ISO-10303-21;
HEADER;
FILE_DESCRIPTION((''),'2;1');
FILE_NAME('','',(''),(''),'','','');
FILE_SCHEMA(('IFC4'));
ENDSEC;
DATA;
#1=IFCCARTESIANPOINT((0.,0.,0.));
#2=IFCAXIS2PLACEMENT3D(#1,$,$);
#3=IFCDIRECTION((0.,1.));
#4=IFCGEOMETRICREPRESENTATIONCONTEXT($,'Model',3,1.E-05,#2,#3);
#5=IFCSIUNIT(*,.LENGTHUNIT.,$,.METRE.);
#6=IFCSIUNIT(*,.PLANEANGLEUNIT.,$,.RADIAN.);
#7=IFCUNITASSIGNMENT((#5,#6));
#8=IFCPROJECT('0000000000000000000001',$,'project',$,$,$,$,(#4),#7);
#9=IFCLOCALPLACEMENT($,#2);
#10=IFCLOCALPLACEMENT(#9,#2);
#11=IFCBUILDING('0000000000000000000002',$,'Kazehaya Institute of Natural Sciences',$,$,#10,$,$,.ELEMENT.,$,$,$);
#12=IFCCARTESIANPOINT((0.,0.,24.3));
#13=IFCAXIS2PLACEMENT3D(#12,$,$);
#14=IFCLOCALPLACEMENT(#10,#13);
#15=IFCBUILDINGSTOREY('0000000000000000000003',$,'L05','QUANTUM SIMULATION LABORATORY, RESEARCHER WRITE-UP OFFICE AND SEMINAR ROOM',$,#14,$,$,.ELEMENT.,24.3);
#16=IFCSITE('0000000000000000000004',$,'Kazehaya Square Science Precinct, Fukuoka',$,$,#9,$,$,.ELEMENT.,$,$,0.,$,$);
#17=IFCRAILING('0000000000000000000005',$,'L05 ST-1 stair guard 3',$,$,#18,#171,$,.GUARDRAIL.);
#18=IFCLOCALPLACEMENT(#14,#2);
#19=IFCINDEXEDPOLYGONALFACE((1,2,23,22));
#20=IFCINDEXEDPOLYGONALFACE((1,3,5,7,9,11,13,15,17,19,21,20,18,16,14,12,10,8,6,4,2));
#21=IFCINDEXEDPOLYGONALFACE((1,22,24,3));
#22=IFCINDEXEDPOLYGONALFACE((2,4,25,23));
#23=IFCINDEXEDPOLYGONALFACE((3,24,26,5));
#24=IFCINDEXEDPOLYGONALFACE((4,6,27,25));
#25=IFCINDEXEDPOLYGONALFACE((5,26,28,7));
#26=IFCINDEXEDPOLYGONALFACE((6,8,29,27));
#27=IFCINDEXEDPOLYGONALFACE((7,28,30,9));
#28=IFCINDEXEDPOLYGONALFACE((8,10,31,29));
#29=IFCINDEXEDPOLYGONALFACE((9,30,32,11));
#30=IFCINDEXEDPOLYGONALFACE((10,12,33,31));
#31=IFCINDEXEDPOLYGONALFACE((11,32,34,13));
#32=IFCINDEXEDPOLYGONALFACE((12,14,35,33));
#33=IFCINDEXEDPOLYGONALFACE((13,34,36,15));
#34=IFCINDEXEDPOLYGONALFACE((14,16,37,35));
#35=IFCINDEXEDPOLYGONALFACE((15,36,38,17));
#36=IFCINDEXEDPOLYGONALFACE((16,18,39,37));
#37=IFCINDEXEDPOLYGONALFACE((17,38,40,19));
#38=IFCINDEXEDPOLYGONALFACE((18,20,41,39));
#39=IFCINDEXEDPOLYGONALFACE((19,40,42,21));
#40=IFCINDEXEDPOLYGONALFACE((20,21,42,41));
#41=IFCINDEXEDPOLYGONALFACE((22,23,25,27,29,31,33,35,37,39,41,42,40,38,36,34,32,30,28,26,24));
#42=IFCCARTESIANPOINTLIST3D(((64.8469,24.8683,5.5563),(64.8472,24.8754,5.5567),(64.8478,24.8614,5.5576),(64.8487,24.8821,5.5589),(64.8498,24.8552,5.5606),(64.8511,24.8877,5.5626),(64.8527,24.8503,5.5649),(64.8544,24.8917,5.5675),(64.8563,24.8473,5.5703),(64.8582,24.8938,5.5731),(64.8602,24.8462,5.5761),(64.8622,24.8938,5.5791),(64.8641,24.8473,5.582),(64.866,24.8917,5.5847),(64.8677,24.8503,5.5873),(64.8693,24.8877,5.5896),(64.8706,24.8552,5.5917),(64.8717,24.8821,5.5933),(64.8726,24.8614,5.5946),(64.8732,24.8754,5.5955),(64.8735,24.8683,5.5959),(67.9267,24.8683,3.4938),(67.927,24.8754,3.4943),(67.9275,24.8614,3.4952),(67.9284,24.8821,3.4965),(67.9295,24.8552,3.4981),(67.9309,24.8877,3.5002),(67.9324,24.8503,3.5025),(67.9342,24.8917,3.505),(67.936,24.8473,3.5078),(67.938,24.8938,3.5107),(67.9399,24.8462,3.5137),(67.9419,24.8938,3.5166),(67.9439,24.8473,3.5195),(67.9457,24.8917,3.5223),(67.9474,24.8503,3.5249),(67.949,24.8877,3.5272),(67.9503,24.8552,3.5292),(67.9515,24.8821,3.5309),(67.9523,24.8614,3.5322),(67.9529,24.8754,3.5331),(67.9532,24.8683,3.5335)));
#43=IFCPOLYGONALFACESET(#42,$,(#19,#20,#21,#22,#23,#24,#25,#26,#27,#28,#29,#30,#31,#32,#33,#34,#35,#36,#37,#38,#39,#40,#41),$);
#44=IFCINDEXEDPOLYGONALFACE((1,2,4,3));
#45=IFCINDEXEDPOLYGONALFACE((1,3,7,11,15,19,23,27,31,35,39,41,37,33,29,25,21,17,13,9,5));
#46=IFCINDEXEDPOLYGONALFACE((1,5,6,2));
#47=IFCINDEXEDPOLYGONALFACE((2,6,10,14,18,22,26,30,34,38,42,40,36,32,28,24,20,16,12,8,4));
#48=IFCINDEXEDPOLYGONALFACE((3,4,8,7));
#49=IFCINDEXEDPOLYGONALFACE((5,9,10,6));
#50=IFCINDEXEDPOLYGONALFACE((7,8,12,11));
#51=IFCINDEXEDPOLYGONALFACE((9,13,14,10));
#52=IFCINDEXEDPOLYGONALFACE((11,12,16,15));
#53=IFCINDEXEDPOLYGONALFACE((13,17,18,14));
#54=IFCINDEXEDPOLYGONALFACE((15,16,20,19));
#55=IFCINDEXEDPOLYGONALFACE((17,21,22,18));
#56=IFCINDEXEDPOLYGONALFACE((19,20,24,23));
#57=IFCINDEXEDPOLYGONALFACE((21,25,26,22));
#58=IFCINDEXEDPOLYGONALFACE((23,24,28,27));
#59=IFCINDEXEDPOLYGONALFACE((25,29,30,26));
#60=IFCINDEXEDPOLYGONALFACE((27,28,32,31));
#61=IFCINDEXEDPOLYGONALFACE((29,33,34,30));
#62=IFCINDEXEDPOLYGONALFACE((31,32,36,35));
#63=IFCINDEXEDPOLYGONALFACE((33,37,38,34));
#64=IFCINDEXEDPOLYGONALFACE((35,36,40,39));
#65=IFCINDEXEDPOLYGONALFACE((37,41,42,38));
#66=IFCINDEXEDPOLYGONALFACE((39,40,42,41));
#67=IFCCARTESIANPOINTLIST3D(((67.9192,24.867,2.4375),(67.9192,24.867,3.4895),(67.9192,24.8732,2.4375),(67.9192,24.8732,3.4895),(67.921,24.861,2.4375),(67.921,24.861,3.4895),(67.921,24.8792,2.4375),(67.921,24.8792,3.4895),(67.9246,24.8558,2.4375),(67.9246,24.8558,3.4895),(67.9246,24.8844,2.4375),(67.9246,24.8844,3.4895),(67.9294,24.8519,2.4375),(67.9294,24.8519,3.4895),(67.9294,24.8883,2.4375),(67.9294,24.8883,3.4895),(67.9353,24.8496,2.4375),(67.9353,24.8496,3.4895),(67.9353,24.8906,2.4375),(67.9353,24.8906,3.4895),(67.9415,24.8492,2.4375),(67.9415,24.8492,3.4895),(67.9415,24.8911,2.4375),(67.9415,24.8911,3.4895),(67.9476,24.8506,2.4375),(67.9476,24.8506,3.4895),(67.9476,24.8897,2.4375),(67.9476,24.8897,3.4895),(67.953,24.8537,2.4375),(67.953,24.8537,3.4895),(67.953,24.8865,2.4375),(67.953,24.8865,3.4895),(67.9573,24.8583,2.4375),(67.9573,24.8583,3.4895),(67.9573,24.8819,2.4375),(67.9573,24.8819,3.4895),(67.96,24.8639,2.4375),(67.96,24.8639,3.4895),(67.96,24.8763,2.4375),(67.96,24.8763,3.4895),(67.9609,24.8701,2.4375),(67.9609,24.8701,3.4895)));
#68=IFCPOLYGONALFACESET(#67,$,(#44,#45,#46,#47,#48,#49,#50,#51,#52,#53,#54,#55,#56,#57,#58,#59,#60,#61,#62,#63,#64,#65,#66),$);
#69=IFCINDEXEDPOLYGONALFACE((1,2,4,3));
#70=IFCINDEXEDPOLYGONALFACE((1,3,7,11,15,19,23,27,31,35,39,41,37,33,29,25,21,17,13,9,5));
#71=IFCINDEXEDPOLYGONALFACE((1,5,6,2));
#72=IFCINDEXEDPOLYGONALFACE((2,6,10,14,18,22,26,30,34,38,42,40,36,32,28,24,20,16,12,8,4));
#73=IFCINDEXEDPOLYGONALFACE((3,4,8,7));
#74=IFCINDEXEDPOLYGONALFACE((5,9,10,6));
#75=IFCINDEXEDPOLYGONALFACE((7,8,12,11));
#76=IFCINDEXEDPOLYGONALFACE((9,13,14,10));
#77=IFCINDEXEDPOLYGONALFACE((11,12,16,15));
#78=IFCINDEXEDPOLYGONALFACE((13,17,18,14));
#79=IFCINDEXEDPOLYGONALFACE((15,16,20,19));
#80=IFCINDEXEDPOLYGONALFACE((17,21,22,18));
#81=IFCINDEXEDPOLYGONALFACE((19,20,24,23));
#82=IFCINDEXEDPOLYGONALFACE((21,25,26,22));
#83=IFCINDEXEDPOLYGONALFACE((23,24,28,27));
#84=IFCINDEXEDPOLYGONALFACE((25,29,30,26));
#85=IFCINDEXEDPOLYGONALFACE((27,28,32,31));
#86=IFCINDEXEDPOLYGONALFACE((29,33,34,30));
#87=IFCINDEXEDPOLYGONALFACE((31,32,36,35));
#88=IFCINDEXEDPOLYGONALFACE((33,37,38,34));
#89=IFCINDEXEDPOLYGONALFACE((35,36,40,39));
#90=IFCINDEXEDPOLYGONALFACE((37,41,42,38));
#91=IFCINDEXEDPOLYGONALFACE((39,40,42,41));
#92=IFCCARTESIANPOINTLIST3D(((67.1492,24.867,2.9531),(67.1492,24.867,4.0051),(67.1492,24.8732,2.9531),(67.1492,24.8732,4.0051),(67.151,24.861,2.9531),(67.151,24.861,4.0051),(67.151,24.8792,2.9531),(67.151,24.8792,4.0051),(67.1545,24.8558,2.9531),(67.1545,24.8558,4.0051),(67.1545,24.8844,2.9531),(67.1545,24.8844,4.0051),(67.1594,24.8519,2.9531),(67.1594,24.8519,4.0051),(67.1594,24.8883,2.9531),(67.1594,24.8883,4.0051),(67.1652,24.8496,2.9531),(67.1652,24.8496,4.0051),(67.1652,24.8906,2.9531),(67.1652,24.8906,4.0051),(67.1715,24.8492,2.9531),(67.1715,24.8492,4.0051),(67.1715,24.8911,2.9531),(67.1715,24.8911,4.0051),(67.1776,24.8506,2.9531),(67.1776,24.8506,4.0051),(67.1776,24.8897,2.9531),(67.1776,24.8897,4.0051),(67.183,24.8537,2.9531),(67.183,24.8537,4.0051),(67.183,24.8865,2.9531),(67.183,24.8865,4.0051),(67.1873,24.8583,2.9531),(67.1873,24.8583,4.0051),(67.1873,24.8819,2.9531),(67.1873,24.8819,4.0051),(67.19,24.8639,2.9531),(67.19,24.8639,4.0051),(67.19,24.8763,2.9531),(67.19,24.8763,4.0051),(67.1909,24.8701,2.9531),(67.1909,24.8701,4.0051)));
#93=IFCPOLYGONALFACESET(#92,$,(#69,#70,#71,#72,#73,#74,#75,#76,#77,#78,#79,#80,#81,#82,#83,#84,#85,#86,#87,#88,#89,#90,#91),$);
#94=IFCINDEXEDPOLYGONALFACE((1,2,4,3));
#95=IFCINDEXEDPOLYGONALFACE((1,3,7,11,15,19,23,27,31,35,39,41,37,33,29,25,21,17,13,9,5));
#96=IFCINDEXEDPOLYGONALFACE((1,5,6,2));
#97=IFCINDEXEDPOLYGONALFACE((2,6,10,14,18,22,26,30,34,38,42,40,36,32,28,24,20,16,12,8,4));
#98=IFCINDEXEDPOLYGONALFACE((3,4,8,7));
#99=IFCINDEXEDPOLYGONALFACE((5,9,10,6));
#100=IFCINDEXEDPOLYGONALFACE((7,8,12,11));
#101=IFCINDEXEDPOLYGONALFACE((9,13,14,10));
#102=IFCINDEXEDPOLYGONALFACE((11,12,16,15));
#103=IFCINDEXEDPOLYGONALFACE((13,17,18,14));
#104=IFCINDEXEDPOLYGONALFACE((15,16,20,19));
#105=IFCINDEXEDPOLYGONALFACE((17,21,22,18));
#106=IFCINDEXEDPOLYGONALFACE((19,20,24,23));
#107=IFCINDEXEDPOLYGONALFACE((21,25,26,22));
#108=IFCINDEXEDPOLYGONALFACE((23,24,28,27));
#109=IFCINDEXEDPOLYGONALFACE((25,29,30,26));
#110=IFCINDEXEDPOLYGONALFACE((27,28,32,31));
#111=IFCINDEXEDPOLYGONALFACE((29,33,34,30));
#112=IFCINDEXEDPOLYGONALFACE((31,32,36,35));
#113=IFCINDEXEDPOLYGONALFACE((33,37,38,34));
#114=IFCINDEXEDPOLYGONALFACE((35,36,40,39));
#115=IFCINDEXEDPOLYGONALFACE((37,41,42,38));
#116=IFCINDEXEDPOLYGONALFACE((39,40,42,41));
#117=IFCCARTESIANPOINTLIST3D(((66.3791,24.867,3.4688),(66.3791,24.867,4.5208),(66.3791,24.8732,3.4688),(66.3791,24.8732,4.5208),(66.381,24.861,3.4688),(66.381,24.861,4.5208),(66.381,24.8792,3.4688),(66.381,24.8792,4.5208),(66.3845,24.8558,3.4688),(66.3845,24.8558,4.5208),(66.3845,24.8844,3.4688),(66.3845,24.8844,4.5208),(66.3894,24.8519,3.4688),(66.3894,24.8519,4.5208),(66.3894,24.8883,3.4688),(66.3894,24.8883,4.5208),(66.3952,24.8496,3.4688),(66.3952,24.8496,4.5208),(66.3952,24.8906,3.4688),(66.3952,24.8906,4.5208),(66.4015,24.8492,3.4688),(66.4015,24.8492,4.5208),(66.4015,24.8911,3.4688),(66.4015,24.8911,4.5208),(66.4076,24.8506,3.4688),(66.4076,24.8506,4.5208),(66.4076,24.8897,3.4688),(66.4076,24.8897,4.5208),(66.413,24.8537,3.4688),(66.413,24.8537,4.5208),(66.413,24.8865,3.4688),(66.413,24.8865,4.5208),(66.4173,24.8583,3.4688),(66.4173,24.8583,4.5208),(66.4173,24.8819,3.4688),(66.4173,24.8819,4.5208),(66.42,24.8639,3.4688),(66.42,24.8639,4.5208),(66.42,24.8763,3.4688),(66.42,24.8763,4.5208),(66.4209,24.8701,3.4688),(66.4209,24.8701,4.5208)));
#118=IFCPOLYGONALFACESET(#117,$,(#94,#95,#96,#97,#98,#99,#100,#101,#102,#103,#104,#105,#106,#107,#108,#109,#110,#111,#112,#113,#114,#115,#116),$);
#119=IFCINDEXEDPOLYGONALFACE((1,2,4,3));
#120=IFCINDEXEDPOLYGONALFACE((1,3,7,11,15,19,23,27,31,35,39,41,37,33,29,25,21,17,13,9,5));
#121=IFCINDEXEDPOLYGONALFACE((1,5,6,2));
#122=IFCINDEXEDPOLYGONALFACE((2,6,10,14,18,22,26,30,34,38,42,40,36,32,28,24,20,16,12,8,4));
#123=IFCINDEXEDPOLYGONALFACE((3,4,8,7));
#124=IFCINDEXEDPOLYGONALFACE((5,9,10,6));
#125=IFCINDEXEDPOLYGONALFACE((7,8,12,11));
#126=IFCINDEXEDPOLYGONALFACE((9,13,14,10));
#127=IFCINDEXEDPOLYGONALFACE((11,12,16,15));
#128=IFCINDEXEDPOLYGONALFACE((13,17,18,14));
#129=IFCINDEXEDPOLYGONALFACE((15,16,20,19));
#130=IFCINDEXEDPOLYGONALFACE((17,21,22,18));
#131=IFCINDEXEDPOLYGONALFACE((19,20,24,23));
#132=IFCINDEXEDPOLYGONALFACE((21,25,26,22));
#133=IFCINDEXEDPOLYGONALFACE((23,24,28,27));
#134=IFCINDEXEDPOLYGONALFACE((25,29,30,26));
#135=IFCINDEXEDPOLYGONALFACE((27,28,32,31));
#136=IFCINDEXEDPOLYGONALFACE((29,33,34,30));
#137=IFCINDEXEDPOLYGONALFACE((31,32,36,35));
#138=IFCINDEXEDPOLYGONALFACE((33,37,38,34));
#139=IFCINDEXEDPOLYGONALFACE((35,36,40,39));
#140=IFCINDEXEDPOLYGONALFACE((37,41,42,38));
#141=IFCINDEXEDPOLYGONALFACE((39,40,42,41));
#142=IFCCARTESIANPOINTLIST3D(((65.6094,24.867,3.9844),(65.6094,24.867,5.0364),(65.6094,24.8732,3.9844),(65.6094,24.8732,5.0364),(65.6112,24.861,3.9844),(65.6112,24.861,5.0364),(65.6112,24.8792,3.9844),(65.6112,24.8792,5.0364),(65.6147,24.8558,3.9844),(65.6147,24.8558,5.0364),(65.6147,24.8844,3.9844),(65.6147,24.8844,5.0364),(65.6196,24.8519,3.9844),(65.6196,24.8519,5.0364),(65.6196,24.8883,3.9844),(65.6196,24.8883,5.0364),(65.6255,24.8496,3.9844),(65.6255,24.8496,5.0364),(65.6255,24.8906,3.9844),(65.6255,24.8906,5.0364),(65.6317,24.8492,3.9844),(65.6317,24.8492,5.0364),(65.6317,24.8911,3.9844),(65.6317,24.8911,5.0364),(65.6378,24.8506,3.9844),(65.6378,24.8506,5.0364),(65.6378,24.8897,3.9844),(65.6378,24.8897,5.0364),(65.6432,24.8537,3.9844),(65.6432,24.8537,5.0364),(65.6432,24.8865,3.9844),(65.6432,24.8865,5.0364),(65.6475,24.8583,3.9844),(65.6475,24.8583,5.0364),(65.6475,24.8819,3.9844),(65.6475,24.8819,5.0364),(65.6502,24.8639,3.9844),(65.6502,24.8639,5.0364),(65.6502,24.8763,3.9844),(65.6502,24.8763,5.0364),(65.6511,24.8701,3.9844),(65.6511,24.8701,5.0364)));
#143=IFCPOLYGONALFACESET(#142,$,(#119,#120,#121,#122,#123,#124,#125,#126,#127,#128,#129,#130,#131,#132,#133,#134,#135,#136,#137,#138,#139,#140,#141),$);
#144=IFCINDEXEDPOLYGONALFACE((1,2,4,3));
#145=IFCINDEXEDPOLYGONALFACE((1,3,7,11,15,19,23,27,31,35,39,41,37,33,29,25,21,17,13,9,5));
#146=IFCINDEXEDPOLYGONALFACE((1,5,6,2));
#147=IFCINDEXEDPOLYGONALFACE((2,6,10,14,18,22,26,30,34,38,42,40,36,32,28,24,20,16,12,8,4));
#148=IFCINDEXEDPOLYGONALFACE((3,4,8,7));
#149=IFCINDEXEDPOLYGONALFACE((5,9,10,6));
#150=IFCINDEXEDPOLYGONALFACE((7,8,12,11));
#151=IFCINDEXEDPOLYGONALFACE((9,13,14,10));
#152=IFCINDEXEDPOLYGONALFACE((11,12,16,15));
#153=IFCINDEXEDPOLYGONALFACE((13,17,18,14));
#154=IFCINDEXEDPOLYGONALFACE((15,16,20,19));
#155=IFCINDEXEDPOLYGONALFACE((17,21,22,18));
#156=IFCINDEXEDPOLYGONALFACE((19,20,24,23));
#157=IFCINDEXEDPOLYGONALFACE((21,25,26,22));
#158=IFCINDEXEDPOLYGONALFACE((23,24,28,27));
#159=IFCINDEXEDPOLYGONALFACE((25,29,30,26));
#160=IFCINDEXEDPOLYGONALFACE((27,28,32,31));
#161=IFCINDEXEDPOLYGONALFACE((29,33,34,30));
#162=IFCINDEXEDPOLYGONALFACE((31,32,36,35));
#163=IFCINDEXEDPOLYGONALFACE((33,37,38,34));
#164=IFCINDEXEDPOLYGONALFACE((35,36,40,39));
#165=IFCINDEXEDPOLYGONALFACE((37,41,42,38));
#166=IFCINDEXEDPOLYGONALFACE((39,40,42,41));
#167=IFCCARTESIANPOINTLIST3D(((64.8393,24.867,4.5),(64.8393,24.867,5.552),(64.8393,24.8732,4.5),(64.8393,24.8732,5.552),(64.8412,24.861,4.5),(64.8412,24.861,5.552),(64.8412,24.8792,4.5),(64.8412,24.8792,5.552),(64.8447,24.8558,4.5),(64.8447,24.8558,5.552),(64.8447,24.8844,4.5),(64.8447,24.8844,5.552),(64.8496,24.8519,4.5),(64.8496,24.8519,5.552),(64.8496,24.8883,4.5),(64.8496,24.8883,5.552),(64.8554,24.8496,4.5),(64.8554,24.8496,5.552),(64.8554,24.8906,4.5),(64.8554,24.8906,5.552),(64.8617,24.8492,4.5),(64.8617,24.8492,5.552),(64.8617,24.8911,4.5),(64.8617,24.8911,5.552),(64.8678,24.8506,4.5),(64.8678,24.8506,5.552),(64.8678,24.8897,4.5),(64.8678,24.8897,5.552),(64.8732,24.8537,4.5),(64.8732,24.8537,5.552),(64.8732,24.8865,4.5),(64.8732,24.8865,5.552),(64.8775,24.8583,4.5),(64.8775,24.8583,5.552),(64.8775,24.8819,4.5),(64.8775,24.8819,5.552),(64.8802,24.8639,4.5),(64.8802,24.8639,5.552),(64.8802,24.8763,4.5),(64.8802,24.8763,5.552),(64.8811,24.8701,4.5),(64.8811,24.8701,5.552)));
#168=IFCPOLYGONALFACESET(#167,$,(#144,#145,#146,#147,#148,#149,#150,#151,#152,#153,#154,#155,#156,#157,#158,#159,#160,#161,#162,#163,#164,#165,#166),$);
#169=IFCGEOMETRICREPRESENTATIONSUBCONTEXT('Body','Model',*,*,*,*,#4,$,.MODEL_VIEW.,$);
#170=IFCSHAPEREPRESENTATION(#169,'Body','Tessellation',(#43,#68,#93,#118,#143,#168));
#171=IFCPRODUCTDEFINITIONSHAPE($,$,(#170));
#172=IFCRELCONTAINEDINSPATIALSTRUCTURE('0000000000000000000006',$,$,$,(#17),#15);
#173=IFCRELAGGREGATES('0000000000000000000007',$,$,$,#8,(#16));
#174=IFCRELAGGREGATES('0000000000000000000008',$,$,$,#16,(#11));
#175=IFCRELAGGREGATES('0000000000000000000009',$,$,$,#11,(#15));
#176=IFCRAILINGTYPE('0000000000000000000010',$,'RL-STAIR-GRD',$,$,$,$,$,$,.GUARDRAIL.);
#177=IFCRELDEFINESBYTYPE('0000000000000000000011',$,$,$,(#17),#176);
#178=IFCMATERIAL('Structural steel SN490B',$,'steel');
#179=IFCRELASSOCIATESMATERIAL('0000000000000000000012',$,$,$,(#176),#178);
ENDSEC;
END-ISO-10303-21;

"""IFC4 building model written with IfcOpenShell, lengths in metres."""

from ifc_helpers import new_model, si_unit, direction, frame, origin, origin_2d, place, context, subcontext, project, spatial, circle, extrude, material, type_object, element, save


model = new_model("IFC4")

# Units and contexts
model_context = context("Model", 3, precision=1e-05, world=origin(), true_north=direction((0.0, 1.0)))
body_context = subcontext(model_context, "Body", "Model", "MODEL_VIEW")
ifc_project = project(units=[si_unit("LENGTHUNIT", "METRE"), si_unit("PLANEANGLEUNIT", "RADIAN")], contexts=[model_context])

# Site, building, storey
site_placement = place(None, origin())
site = spatial("IfcSite", under=ifc_project, at=site_placement, Name="Kazehaya Square Science Precinct, Fukuoka", CompositionType="ELEMENT", RefElevation=0.0)
building_placement = place(site_placement, origin())
building = spatial("IfcBuilding", under=site, at=building_placement, Name="Kazehaya Institute of Natural Sciences", CompositionType="ELEMENT")
storey_placement = place(building_placement, frame((0.0, 0.0, 24.3)))
storey = spatial("IfcBuildingStorey", under=building, at=storey_placement, Name="L05", Description="QUANTUM SIMULATION LABORATORY, RESEARCHER WRITE-UP OFFICE AND SEMINAR ROOM", CompositionType="ELEMENT", Elevation=24.3)

# Railing
ifc_material_1 = material(Name="Structural steel SN490B", Category="steel")
railing_type_1 = type_object("IfcRailingType", Name="RL-STAIR-GRD", PredefinedType="GUARDRAIL", material=ifc_material_1)
railing_1_placement = place(storey_placement, frame((67.9399, 24.8701, 2.4375)))
element("IfcRailing", 1, at=railing_1_placement, inside=storey, type_object=railing_type_1, Name="L05 ST-1 stair guard 3", PredefinedType="GUARDRAIL", context=body_context, shape_type="SweptSolid", body=[
    extrude(circle(Radius=0.0239, at=origin_2d()), frame((0.0, 0.0, 1.0762), z_axis=(-0.830893, 0.0, 0.556432), x_axis=(0.0, -1.0, 0.0)), (0.0, 0.0, 1.0), 3.7065),
    extrude(circle(Radius=0.021, at=origin_2d()), origin(), (0.0, 0.0, 1.0), 1.052),
    extrude(circle(Radius=0.021, at=origin_2d()), frame((-0.77, 0.0, 0.5156)), (0.0, 0.0, 1.0), 1.052),
    extrude(circle(Radius=0.021, at=origin_2d()), frame((-1.54, 0.0, 1.0312)), (0.0, 0.0, 1.0), 1.052),
    extrude(circle(Radius=0.021, at=origin_2d()), frame((-2.3098, 0.0, 1.5469)), (0.0, 0.0, 1.0), 1.052),
    extrude(circle(Radius=0.021, at=origin_2d()), frame((-3.0798, 0.0, 2.0625)), (0.0, 0.0, 1.0), 1.052),
])

save(model, "model.ifc")
